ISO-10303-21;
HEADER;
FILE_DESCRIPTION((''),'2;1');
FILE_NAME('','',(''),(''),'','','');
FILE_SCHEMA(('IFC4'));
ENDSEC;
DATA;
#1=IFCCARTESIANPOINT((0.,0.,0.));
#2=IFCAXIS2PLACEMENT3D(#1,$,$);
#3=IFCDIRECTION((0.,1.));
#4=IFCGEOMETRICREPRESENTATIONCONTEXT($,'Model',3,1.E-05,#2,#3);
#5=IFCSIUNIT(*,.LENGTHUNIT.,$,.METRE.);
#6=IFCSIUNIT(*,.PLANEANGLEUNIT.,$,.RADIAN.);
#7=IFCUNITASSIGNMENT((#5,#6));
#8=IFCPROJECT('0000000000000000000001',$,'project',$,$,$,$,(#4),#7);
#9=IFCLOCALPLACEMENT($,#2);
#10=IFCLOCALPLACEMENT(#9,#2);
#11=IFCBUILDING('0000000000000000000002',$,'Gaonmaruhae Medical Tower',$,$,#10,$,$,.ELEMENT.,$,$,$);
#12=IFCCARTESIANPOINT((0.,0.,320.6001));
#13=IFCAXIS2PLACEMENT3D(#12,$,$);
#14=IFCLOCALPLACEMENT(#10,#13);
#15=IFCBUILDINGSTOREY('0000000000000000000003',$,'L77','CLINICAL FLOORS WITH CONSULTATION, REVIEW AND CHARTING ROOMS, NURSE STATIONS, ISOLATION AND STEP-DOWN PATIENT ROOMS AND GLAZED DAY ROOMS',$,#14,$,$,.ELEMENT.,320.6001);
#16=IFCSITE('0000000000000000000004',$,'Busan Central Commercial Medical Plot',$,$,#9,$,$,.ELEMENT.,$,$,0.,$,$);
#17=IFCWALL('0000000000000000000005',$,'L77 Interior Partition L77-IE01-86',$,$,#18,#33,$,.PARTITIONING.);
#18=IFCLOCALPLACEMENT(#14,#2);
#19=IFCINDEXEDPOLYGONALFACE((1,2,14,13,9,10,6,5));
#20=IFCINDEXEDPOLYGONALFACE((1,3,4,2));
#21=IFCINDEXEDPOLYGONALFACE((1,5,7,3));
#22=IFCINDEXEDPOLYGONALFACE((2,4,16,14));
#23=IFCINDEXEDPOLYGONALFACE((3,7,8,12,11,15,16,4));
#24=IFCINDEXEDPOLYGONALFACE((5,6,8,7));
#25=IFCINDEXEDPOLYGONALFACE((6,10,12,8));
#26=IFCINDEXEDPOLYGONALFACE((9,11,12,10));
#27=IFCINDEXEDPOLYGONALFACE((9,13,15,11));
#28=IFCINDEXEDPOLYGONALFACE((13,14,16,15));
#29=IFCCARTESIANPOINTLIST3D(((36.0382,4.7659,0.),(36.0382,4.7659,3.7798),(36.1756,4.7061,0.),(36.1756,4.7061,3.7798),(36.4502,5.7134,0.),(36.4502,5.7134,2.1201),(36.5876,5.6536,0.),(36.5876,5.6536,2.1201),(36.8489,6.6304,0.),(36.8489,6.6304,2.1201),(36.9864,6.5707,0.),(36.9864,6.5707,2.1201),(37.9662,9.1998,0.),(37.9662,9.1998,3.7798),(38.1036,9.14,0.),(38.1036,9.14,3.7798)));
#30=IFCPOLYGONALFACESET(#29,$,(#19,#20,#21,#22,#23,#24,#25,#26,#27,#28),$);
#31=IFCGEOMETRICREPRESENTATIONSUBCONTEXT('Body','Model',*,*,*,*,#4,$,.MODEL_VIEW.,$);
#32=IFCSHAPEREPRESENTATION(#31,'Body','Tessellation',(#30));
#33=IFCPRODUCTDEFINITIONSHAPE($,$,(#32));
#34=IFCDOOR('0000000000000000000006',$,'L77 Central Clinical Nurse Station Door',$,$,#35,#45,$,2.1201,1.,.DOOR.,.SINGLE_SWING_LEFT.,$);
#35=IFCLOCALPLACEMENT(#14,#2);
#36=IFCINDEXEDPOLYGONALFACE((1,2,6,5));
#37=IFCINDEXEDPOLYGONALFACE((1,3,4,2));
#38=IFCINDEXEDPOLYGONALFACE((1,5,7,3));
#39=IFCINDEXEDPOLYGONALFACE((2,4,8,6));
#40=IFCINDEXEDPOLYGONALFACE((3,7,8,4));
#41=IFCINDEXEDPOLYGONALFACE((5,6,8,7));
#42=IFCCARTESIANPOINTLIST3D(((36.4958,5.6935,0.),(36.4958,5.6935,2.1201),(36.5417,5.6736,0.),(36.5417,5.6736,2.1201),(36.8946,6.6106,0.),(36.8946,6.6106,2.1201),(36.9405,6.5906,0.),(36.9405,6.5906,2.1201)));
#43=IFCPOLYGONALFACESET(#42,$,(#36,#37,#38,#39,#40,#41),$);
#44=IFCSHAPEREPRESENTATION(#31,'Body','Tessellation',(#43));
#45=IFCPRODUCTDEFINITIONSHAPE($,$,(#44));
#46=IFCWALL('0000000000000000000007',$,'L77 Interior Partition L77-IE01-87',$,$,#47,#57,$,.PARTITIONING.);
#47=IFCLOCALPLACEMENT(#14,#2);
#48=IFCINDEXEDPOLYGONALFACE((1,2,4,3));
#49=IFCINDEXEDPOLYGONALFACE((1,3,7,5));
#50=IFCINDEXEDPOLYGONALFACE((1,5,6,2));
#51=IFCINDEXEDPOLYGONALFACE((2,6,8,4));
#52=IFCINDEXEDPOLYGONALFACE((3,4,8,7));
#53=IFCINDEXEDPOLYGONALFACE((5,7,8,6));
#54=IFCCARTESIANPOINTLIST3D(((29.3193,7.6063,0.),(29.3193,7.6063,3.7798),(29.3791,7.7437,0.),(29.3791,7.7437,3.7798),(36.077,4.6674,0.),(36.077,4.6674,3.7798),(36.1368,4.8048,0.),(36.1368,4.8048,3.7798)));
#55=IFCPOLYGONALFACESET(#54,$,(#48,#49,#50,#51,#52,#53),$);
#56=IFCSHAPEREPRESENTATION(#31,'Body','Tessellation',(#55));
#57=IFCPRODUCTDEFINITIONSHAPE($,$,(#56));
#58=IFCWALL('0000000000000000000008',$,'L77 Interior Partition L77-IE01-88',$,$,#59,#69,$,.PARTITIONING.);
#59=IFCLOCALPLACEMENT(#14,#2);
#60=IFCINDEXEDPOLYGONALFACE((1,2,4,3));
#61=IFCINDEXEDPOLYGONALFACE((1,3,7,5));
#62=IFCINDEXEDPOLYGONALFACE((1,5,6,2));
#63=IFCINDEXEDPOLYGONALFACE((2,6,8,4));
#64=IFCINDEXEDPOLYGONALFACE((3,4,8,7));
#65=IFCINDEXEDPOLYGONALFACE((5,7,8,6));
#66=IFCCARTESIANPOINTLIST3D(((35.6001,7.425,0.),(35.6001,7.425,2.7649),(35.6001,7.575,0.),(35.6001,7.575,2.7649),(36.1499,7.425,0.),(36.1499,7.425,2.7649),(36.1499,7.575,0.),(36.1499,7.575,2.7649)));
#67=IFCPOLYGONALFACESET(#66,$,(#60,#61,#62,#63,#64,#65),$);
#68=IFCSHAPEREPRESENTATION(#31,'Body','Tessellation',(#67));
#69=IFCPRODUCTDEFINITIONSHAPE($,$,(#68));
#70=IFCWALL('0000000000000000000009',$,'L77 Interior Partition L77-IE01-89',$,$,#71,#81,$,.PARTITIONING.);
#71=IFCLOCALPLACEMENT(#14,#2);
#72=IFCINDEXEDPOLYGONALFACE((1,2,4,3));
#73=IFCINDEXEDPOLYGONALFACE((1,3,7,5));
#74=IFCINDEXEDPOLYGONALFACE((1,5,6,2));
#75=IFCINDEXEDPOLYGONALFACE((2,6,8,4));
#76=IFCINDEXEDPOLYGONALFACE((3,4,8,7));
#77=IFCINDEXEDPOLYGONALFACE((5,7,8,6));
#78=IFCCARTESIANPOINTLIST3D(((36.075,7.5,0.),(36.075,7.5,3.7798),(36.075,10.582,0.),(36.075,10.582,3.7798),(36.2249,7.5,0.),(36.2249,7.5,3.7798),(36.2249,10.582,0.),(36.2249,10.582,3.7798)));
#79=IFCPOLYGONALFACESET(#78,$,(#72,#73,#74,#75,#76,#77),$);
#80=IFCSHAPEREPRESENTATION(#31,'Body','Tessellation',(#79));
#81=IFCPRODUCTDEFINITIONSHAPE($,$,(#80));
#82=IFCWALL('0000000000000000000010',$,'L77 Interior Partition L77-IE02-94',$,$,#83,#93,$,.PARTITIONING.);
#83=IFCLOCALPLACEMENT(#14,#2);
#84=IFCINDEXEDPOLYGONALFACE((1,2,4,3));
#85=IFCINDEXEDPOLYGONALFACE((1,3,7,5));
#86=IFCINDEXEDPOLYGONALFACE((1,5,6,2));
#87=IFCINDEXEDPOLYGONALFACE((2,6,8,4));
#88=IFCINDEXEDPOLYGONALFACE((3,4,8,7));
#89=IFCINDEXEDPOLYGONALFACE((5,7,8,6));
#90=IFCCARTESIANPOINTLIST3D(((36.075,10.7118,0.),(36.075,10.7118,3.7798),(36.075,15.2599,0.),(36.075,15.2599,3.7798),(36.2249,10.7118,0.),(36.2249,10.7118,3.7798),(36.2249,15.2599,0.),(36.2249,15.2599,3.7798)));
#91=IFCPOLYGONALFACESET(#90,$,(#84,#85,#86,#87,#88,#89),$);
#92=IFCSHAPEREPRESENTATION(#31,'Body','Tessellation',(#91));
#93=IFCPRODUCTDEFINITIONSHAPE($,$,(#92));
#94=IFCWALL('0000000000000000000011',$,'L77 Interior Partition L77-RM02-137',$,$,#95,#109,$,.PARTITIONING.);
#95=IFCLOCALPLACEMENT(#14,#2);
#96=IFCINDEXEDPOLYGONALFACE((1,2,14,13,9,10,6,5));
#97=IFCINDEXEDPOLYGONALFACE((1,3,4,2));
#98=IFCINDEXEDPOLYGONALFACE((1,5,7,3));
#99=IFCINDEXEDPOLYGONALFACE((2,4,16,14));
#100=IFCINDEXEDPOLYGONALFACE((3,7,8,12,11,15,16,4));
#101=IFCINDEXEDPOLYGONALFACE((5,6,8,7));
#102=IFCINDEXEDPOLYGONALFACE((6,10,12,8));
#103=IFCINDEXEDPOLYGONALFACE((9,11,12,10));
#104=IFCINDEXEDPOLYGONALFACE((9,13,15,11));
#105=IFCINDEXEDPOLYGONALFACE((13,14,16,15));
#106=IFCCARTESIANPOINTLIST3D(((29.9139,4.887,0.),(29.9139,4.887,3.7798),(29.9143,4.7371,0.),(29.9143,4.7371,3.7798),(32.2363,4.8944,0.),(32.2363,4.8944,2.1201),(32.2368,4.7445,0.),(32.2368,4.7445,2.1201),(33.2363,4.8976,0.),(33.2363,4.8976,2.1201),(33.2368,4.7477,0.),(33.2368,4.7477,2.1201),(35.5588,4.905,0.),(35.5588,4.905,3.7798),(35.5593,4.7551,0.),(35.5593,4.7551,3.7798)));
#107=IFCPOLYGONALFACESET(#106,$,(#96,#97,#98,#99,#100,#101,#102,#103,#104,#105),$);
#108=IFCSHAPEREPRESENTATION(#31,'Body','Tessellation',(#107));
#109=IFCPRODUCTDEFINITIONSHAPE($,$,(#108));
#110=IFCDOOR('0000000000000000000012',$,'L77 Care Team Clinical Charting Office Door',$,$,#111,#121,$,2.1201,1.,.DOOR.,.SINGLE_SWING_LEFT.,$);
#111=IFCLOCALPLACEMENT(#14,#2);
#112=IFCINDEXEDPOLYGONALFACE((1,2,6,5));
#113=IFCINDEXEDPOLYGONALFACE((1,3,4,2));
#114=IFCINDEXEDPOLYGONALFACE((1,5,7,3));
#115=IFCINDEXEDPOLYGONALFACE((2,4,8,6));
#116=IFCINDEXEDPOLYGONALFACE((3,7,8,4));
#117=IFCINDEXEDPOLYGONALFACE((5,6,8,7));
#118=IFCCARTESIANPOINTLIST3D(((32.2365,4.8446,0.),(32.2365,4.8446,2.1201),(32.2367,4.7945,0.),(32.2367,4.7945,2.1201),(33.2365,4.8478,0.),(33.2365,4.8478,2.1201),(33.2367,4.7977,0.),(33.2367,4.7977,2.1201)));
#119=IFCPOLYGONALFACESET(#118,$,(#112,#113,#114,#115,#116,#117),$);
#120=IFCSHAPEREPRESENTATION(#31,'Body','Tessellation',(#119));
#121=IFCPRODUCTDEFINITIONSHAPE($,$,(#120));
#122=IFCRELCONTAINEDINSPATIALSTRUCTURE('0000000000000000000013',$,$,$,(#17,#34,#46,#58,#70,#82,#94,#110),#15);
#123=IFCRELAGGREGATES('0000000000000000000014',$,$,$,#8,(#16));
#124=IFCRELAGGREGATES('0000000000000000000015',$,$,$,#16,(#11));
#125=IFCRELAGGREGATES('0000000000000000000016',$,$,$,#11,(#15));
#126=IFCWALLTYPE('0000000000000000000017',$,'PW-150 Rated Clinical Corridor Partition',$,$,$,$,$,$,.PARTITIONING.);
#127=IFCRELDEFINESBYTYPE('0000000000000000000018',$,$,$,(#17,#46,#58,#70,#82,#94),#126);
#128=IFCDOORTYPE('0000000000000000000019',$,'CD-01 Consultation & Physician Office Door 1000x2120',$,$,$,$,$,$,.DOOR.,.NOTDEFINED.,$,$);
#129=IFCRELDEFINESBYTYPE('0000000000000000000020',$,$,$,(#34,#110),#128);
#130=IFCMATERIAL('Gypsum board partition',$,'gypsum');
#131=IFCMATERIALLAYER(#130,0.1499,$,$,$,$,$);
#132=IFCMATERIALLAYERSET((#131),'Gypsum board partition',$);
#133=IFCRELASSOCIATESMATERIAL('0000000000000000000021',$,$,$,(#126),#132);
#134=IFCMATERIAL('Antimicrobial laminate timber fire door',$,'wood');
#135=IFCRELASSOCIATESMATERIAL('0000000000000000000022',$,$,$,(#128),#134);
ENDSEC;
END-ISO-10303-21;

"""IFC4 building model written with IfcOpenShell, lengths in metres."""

from ifc_helpers import new_model, si_unit, direction, frame, frame_2d, origin, place, context, subcontext, project, spatial, rectangle, extrude, material, layer, layer_set, type_object, element, fill, save


model = new_model("IFC4")

# Units and contexts
model_context = context("Model", 3, precision=1e-05, world=origin(), true_north=direction((0.0, 1.0)))
body_context = subcontext(model_context, "Body", "Model", "MODEL_VIEW")
ifc_project = project(units=[si_unit("LENGTHUNIT", "METRE"), si_unit("PLANEANGLEUNIT", "RADIAN")], contexts=[model_context])

# Site, building, storey
site_placement = place(None, origin())
site = spatial("IfcSite", under=ifc_project, at=site_placement, Name="Busan Central Commercial Medical Plot", CompositionType="ELEMENT", RefElevation=0.0)
building_placement = place(site_placement, origin())
building = spatial("IfcBuilding", under=site, at=building_placement, Name="Gaonmaruhae Medical Tower", CompositionType="ELEMENT")
storey_placement = place(building_placement, frame((0.0, 0.0, 320.6001)))
storey = spatial("IfcBuildingStorey", under=building, at=storey_placement, Name="L77", Description="CLINICAL FLOORS WITH CONSULTATION, REVIEW AND CHARTING ROOMS, NURSE STATIONS, ISOLATION AND STEP-DOWN PATIENT ROOMS AND GLAZED DAY ROOMS", CompositionType="ELEMENT", Elevation=320.6001)

# Shared definitions
ifc_material_1 = material(Name="Gypsum board partition", Category="gypsum")
ifc_layer_1 = layer(ifc_material_1, 0.1499)
ifc_layer_set_1 = layer_set([ifc_layer_1], Name="Gypsum board partition")
wall_type_1 = type_object("IfcWallType", Name="PW-150 Rated Clinical Corridor Partition", PredefinedType="PARTITIONING", material=ifc_layer_set_1)

# Shared definitions
ifc_material_2 = material(Name="Antimicrobial laminate timber fire door", Category="wood")

# Wall, opening, door
wall_1_placement = place(storey_placement, frame((38.0349, 9.1699, 0.0), z_axis=(0.0, 0.0, 1.0), x_axis=(-0.398765, -0.917053, 0.0)))
wall_1 = element("IfcWall", 1, at=wall_1_placement, inside=storey, type_object=wall_type_1, Name="L77 Interior Partition L77-IE01-86", PredefinedType="PARTITIONING", context=body_context, shape_type="SweptSolid", body=[
    extrude(rectangle(XDim=4.835, YDim=0.1499, at=frame_2d((2.4175, 0.0))), origin(), (0.0, 0.0, 1.0), 3.7798),
])
opening_1_placement = place(wall_1_placement, frame((2.8018, 0.0, 0.0)))
opening_1 = element("IfcOpeningElement", 2, at=opening_1_placement, cuts=wall_1, PredefinedType="OPENING", context=body_context, shape_type="SweptSolid", body=[
    extrude(rectangle(XDim=1.0, YDim=2.1201, at=frame_2d((0.5, 1.0601))), frame((0.0, 0.085, 0.0), z_axis=(0.0, -1.0, 0.0), x_axis=(1.0, 0.0, 0.0)), (0.0, 0.0, 1.0), 0.1699),
])
door_type_1 = type_object("IfcDoorType", Name="CD-01 Consultation & Physician Office Door 1000x2120", OperationType="NOTDEFINED", PredefinedType="DOOR", material=ifc_material_2)
door_1_placement = place(opening_1_placement, origin())
door_1 = element("IfcDoor", 3, at=door_1_placement, inside=storey, type_object=door_type_1, Name="L77 Central Clinical Nurse Station Door", OperationType="SINGLE_SWING_LEFT", OverallHeight=2.1201, OverallWidth=1.0, PredefinedType="DOOR", context=body_context, shape_type="SweptSolid", body=[
    extrude(rectangle(XDim=1.0, YDim=2.1201, at=frame_2d((0.5, 1.0601))), frame((0.0, 0.0249, 0.0), z_axis=(0.0, -1.0, 0.0), x_axis=(1.0, 0.0, 0.0)), (0.0, 0.0, 1.0), 0.05),
])
fill(opening_1, door_1)

# Walls
wall_2_placement = place(storey_placement, frame((36.1069, 4.7361, 0.0), z_axis=(0.0, 0.0, 1.0), x_axis=(-0.917031, 0.398816, 0.0)))
element("IfcWall", 4, at=wall_2_placement, inside=storey, type_object=wall_type_1, Name="L77 Interior Partition L77-IE01-87", PredefinedType="PARTITIONING", context=body_context, shape_type="SweptSolid", body=[
    extrude(rectangle(XDim=7.3691, YDim=0.1499, at=frame_2d((3.6846, 0.0))), origin(), (0.0, 0.0, 1.0), 3.7798),
])
wall_3_placement = place(storey_placement, frame((35.6001, 7.5, 0.0), z_axis=(0.0, 0.0, 1.0), x_axis=(1.0, 0.0, 0.0)))
element("IfcWall", 5, at=wall_3_placement, inside=storey, type_object=wall_type_1, Name="L77 Interior Partition L77-IE01-88", PredefinedType="PARTITIONING", context=body_context, shape_type="SweptSolid", body=[
    extrude(rectangle(XDim=0.5498, YDim=0.1499, at=frame_2d((0.2749, 0.0))), origin(), (0.0, 0.0, 1.0), 2.7649),
])
wall_4_placement = place(storey_placement, frame((36.1499, 7.5, 0.0), z_axis=(0.0, 0.0, 1.0), x_axis=(0.0, 1.0, 0.0)))
element("IfcWall", 6, at=wall_4_placement, inside=storey, type_object=wall_type_1, Name="L77 Interior Partition L77-IE01-89", PredefinedType="PARTITIONING", context=body_context, shape_type="SweptSolid", body=[
    extrude(rectangle(XDim=3.082, YDim=0.1499, at=frame_2d((1.541, 0.0))), origin(), (0.0, 0.0, 1.0), 3.7798),
])
wall_5_placement = place(storey_placement, frame((36.1499, 10.7119, 0.0), z_axis=(0.0, 0.0, 1.0), x_axis=(0.0, 1.0, 0.0)))
element("IfcWall", 7, at=wall_5_placement, inside=storey, type_object=wall_type_1, Name="L77 Interior Partition L77-IE02-94", PredefinedType="PARTITIONING", context=body_context, shape_type="SweptSolid", body=[
    extrude(rectangle(XDim=4.5481, YDim=0.1499, at=frame_2d((2.2739, 0.0))), origin(), (0.0, 0.0, 1.0), 3.7798),
])

# Wall, opening, door
wall_6_placement = place(storey_placement, frame((35.5591, 4.8301, 0.0), z_axis=(0.0, 0.0, 1.0), x_axis=(-0.999995, -0.0032, 0.0)))
wall_6 = element("IfcWall", 8, at=wall_6_placement, inside=storey, type_object=wall_type_1, Name="L77 Interior Partition L77-RM02-137", PredefinedType="PARTITIONING", context=body_context, shape_type="SweptSolid", body=[
    extrude(rectangle(XDim=5.645, YDim=0.1499, at=frame_2d((2.8225, 0.0))), origin(), (0.0, 0.0, 1.0), 3.7798),
])
opening_2_placement = place(wall_6_placement, frame((2.3225, 0.0, 0.0)))
opening_2 = element("IfcOpeningElement", 9, at=opening_2_placement, cuts=wall_6, PredefinedType="OPENING", context=body_context, shape_type="SweptSolid", body=[
    extrude(rectangle(XDim=1.0, YDim=2.1201, at=frame_2d((0.5, 1.0601))), frame((0.0, 0.085, 0.0), z_axis=(0.0, -1.0, 0.0), x_axis=(1.0, 0.0, 0.0)), (0.0, 0.0, 1.0), 0.1699),
])
door_2_placement = place(opening_2_placement, origin())
door_2 = element("IfcDoor", 10, at=door_2_placement, inside=storey, type_object=door_type_1, Name="L77 Care Team Clinical Charting Office Door", OperationType="SINGLE_SWING_LEFT", OverallHeight=2.1201, OverallWidth=1.0, PredefinedType="DOOR", context=body_context, shape_type="SweptSolid", body=[
    extrude(rectangle(XDim=1.0, YDim=2.1201, at=frame_2d((0.5, 1.0601))), frame((0.0, 0.0249, 0.0), z_axis=(0.0, -1.0, 0.0), x_axis=(1.0, 0.0, 0.0)), (0.0, 0.0, 1.0), 0.05),
])
fill(opening_2, door_2)

save(model, "model.ifc")
